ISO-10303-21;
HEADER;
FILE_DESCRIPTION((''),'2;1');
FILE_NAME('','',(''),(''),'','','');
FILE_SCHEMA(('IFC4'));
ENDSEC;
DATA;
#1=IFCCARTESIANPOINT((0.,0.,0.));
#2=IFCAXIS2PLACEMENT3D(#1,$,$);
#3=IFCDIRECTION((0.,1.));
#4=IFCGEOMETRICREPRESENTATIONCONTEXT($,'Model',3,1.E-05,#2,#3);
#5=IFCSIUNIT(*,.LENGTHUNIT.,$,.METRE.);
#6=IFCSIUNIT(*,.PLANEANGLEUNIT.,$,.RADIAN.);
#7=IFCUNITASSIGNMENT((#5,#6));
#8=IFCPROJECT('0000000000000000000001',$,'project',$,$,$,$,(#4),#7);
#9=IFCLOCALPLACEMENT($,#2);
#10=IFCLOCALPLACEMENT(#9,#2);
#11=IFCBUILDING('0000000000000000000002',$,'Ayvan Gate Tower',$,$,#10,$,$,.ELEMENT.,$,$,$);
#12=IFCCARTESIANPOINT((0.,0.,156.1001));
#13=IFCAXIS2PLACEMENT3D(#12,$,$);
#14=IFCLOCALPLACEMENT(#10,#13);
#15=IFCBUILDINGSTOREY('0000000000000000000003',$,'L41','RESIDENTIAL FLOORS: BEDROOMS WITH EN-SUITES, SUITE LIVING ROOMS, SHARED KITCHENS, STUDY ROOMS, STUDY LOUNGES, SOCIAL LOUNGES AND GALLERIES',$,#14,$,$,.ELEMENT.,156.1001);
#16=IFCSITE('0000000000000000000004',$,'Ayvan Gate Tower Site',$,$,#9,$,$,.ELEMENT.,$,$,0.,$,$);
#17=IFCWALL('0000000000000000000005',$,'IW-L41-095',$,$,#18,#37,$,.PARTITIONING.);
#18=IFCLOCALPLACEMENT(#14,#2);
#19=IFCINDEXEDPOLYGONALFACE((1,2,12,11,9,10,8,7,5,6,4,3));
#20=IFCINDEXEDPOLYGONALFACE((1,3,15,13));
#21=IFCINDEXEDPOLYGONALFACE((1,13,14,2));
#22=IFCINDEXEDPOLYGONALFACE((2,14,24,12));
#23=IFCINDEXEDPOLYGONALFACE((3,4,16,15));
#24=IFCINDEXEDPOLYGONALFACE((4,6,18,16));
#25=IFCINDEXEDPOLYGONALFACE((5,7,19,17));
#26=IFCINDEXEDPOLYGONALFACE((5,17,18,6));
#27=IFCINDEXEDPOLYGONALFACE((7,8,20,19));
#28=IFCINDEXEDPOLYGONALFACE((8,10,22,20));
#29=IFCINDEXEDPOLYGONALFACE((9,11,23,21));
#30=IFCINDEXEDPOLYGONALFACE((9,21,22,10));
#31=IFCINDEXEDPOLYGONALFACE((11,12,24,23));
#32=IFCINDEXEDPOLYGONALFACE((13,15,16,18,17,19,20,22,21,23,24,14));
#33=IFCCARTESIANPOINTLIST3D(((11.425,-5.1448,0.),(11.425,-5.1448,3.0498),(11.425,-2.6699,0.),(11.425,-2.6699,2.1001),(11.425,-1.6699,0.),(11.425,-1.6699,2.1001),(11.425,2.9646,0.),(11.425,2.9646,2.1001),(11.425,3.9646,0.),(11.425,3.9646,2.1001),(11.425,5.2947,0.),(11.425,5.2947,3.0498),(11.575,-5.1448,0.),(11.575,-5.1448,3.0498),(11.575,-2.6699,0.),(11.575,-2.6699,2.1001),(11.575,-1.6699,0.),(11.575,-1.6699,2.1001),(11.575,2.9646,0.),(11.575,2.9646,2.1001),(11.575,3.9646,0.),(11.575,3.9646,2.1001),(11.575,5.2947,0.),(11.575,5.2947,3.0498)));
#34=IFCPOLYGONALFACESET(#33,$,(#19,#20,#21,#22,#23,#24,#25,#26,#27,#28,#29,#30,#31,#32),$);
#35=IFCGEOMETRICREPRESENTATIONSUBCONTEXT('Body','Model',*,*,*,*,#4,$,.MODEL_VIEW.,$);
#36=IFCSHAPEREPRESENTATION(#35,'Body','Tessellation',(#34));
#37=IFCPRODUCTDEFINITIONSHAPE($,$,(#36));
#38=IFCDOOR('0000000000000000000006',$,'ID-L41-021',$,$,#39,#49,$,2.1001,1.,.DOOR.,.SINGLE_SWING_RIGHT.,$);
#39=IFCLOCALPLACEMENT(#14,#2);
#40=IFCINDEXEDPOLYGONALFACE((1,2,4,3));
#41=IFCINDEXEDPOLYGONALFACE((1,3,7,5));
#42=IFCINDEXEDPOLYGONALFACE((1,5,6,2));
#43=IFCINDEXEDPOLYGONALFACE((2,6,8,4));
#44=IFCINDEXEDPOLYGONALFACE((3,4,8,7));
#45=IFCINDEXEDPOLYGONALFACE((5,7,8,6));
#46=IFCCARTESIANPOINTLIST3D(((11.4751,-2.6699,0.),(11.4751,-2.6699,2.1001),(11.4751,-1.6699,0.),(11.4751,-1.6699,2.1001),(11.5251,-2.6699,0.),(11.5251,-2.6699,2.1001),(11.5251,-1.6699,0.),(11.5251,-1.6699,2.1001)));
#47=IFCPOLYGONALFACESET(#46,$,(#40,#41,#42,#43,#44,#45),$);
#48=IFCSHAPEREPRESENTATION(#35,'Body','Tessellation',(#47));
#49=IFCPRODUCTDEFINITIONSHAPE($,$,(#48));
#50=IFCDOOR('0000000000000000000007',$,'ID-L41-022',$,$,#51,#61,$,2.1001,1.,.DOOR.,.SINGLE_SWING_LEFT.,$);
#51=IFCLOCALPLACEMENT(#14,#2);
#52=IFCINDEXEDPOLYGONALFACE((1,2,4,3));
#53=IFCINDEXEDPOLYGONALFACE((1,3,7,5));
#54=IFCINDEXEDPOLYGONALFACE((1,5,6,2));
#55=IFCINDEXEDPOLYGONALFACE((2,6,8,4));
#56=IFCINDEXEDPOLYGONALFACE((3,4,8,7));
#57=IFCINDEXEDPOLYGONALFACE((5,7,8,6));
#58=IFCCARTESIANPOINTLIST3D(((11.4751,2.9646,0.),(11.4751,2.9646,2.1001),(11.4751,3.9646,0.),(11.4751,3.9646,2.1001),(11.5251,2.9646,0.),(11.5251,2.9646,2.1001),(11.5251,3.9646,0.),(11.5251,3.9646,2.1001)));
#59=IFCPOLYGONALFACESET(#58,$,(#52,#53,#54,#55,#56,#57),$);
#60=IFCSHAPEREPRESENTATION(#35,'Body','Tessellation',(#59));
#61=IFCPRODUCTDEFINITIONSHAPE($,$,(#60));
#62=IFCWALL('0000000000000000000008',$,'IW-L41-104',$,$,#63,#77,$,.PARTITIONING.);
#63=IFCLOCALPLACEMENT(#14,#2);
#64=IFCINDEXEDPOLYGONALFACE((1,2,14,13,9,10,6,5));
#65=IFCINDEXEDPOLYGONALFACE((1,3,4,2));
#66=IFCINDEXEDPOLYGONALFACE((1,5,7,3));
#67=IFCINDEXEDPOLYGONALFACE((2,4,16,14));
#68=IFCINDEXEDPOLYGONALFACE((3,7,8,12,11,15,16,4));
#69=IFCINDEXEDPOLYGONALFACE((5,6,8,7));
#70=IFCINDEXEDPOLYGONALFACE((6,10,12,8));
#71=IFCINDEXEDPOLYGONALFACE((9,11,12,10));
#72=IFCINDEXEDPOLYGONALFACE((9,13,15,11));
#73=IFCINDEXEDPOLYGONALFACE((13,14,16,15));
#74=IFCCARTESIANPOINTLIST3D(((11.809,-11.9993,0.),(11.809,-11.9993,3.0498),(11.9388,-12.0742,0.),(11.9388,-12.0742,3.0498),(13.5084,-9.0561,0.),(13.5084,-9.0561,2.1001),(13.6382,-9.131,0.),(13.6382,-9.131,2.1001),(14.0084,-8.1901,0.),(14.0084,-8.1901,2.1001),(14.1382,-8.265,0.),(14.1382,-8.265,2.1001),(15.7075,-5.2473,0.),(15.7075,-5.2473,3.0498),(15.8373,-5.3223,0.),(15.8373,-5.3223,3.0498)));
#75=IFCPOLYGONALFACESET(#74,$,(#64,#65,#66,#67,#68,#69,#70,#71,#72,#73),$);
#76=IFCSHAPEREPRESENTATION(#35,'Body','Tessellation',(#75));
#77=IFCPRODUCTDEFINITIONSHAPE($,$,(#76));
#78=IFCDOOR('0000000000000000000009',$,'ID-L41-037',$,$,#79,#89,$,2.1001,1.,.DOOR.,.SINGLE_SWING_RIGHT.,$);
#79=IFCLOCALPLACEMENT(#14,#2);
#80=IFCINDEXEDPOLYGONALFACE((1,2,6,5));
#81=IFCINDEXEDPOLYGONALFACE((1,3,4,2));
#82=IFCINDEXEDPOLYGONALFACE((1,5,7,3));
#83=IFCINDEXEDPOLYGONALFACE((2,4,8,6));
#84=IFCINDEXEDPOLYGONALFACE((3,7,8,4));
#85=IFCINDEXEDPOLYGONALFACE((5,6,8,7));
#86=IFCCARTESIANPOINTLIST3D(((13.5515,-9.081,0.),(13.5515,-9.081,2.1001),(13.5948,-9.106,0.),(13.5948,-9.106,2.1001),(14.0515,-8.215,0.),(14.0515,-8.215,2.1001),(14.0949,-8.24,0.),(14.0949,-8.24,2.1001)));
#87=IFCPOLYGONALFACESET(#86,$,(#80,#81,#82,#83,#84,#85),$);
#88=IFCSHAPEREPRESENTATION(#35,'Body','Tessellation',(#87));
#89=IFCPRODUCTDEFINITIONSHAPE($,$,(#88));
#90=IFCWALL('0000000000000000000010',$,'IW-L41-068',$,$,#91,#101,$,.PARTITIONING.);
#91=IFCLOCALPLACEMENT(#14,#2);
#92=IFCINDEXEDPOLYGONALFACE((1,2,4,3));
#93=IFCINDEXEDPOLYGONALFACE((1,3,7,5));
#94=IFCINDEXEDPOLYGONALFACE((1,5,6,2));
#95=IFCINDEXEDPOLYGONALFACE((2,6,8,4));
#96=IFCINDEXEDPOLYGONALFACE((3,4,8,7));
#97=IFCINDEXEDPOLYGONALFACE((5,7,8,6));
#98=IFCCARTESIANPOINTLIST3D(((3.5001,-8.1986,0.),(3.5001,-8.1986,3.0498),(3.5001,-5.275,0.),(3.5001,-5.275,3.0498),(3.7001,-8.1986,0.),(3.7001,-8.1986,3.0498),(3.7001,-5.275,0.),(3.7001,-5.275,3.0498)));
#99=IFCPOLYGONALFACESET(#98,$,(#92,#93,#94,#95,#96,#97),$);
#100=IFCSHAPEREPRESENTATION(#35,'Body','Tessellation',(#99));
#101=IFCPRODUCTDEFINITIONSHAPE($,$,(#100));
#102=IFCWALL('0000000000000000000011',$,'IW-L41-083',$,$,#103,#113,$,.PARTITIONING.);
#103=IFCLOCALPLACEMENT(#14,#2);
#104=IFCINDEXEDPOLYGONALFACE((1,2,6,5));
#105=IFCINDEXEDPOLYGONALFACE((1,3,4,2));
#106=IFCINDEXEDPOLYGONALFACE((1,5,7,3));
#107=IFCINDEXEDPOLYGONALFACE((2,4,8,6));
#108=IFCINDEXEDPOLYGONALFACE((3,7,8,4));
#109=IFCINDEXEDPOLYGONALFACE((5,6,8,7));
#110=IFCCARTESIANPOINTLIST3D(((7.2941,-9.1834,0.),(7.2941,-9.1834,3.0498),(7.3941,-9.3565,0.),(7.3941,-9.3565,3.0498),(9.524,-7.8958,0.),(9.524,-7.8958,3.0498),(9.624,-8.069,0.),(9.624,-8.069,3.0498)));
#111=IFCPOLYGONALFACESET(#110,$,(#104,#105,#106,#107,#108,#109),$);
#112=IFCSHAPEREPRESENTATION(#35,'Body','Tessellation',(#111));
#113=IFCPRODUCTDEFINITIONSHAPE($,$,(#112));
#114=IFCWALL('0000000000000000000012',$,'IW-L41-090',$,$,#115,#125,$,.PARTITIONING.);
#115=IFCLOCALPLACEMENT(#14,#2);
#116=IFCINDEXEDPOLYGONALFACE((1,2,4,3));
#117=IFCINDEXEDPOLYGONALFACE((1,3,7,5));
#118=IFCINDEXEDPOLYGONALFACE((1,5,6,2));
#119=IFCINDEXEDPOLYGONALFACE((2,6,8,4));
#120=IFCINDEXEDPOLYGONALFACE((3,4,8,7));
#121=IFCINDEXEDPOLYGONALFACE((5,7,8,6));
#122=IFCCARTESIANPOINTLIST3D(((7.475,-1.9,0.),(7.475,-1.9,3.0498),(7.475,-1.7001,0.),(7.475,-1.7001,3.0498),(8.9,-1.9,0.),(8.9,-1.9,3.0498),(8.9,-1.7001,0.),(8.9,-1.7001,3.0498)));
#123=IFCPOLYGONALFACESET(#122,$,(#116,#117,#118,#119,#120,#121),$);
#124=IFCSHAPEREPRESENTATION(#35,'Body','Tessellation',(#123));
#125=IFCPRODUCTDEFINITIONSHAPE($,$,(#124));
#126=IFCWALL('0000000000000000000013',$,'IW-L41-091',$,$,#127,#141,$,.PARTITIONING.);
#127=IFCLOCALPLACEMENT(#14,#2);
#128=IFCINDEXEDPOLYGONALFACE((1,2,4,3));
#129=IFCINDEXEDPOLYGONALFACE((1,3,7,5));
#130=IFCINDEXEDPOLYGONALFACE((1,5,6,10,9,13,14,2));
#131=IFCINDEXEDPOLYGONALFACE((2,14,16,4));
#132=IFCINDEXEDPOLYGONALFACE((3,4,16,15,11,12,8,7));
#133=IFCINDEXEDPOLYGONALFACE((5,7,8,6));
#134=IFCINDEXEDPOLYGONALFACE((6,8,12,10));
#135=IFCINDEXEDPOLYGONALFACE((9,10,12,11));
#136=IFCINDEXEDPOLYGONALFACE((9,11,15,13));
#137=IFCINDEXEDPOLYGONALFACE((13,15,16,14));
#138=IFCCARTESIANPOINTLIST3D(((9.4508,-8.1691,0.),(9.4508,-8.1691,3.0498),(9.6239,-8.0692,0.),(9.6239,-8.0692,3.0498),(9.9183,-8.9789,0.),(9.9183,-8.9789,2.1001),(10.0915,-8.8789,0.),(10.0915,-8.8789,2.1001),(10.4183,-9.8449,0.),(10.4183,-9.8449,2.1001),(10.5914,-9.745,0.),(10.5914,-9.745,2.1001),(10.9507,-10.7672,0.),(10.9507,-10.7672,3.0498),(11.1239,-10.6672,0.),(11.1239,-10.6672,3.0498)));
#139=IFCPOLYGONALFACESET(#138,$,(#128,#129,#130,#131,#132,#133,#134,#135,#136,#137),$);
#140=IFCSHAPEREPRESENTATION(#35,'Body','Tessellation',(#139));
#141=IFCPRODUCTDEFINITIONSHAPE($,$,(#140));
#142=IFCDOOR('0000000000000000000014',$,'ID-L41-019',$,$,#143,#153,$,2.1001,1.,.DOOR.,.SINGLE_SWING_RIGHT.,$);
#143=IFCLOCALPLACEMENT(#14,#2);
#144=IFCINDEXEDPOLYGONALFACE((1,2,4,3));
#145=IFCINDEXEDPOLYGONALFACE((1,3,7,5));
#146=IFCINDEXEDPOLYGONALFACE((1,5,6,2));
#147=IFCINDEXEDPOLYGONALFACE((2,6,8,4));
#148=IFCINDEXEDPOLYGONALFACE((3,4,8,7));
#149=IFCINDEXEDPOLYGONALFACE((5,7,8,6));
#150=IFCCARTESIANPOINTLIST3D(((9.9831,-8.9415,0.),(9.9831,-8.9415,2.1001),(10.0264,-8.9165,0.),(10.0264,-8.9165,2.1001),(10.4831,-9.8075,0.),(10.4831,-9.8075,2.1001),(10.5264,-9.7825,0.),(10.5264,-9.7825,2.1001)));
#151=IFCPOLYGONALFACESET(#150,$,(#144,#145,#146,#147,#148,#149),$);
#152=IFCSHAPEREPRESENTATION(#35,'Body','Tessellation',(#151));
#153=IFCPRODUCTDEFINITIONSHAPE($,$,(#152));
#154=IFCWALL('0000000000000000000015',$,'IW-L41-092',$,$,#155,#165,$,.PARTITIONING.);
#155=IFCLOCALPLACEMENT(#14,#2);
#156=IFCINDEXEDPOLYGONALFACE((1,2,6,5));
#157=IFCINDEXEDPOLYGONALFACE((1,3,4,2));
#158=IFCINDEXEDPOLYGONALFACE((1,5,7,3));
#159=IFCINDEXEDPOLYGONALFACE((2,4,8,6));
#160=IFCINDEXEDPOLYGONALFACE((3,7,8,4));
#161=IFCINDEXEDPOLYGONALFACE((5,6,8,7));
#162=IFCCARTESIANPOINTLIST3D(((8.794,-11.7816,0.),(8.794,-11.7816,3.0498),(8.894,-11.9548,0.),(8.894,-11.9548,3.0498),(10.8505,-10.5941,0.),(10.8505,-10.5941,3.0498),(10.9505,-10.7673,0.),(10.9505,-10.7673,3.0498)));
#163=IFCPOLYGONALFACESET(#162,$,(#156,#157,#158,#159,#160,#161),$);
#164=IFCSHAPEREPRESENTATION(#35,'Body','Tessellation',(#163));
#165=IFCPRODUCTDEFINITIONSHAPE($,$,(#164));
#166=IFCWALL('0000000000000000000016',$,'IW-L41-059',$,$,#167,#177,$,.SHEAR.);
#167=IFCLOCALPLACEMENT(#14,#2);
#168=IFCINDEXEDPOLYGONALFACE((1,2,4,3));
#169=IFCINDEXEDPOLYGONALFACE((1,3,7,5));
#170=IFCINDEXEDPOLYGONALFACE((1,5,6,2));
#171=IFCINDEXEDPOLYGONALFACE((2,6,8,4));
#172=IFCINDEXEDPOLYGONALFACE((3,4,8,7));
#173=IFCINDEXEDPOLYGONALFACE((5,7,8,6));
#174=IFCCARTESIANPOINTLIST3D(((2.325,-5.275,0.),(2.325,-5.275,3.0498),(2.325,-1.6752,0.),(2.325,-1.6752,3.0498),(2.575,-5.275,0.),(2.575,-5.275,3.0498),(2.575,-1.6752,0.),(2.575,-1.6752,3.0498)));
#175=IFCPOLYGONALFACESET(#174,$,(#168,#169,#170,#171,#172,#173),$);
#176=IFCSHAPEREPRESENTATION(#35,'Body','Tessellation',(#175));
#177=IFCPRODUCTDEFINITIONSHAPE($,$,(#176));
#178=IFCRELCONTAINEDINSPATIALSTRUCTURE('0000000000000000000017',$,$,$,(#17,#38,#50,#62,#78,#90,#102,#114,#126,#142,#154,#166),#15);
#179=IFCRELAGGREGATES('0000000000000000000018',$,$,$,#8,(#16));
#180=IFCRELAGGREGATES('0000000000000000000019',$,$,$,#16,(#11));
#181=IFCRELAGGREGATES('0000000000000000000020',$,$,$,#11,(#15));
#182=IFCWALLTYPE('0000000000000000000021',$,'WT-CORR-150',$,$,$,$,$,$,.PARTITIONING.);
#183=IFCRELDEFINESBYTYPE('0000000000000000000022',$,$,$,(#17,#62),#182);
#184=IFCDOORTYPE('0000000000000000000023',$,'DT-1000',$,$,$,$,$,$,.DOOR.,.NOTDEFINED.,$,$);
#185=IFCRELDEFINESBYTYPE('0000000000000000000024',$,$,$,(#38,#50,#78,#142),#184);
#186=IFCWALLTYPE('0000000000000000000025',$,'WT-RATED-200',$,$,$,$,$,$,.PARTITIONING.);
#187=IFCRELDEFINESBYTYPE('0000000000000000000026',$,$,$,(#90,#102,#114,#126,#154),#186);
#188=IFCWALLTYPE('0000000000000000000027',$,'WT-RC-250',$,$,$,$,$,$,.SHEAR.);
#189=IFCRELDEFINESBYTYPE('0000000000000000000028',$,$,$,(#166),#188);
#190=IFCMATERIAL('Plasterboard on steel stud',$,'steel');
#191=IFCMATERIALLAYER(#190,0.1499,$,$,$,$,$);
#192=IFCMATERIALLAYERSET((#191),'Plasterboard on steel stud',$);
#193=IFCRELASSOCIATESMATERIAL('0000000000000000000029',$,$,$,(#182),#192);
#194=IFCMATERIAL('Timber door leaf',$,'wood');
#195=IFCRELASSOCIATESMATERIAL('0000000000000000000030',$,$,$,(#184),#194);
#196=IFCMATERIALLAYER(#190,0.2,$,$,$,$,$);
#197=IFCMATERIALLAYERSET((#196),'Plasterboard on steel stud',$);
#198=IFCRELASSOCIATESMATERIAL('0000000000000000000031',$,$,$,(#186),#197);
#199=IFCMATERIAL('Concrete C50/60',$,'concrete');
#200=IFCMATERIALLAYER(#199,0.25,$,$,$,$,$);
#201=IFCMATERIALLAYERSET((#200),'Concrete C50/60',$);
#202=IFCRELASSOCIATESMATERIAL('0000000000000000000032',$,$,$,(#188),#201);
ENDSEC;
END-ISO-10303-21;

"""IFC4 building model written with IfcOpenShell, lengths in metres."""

from ifc_helpers import new_model, si_unit, direction, frame, frame_2d, origin, place, context, subcontext, project, spatial, rectangle, extrude, material, layer, layer_set, type_object, element, fill, save


model = new_model("IFC4")

# Units and contexts
model_context = context("Model", 3, precision=1e-05, world=origin(), true_north=direction((0.0, 1.0)))
body_context = subcontext(model_context, "Body", "Model", "MODEL_VIEW")
ifc_project = project(units=[si_unit("LENGTHUNIT", "METRE"), si_unit("PLANEANGLEUNIT", "RADIAN")], contexts=[model_context])

# Site, building, storey
site_placement = place(None, origin())
site = spatial("IfcSite", under=ifc_project, at=site_placement, Name="Ayvan Gate Tower Site", CompositionType="ELEMENT", RefElevation=0.0)
building_placement = place(site_placement, origin())
building = spatial("IfcBuilding", under=site, at=building_placement, Name="Ayvan Gate Tower", CompositionType="ELEMENT")
storey_placement = place(building_placement, frame((0.0, 0.0, 156.1001)))
storey = spatial("IfcBuildingStorey", under=building, at=storey_placement, Name="L41", Description="RESIDENTIAL FLOORS: BEDROOMS WITH EN-SUITES, SUITE LIVING ROOMS, SHARED KITCHENS, STUDY ROOMS, STUDY LOUNGES, SOCIAL LOUNGES AND GALLERIES", CompositionType="ELEMENT", Elevation=156.1001)

# Shared definitions
ifc_material_1 = material(Name="Timber door leaf", Category="wood")

# Shared definitions
ifc_material_2 = material(Name="Plasterboard on steel stud", Category="steel")
ifc_layer_1 = layer(ifc_material_2, 0.1499)
ifc_layer_set_1 = layer_set([ifc_layer_1], Name="Plasterboard on steel stud")
wall_type_1 = type_object("IfcWallType", Name="WT-CORR-150", PredefinedType="PARTITIONING", material=ifc_layer_set_1)

# Wall, openings, doors
wall_1_placement = place(storey_placement, frame((11.5, -5.1448, 0.0), z_axis=(0.0, 0.0, 1.0), x_axis=(0.0, 1.0, 0.0)))
wall_1 = element("IfcWall", 1, at=wall_1_placement, inside=storey, type_object=wall_type_1, Name="IW-L41-095", PredefinedType="PARTITIONING", context=body_context, shape_type="SweptSolid", body=[
    extrude(rectangle(XDim=10.4395, YDim=0.1499, at=frame_2d((5.2197, 0.0))), origin(), (0.0, 0.0, 1.0), 3.0498),
])
opening_1_placement = place(wall_1_placement, frame((2.4749, 0.0, 0.0)))
opening_1 = element("IfcOpeningElement", 2, at=opening_1_placement, cuts=wall_1, PredefinedType="OPENING", context=body_context, shape_type="SweptSolid", body=[
    extrude(rectangle(XDim=1.0, YDim=2.1001, at=frame_2d((0.5, 1.05))), frame((0.0, 0.085, 0.0), z_axis=(0.0, -1.0, 0.0), x_axis=(1.0, 0.0, 0.0)), (0.0, 0.0, 1.0), 0.1699),
])
opening_2_placement = place(wall_1_placement, frame((8.1094, 0.0, 0.0)))
opening_2 = element("IfcOpeningElement", 3, at=opening_2_placement, cuts=wall_1, PredefinedType="OPENING", context=body_context, shape_type="SweptSolid", body=[
    extrude(rectangle(XDim=1.0, YDim=2.1001, at=frame_2d((0.5, 1.05))), frame((0.0, 0.085, 0.0), z_axis=(0.0, -1.0, 0.0), x_axis=(1.0, 0.0, 0.0)), (0.0, 0.0, 1.0), 0.1699),
])
door_type_1 = type_object("IfcDoorType", Name="DT-1000", OperationType="NOTDEFINED", PredefinedType="DOOR", material=ifc_material_1)
door_1_placement = place(opening_1_placement, origin())
door_1 = element("IfcDoor", 4, at=door_1_placement, inside=storey, type_object=door_type_1, Name="ID-L41-021", OperationType="SINGLE_SWING_RIGHT", OverallHeight=2.1001, OverallWidth=1.0, PredefinedType="DOOR", context=body_context, shape_type="SweptSolid", body=[
    extrude(rectangle(XDim=1.0, YDim=2.1001, at=frame_2d((0.5, 1.05))), frame((0.0, 0.0249, 0.0), z_axis=(0.0, -1.0, 0.0), x_axis=(1.0, 0.0, 0.0)), (0.0, 0.0, 1.0), 0.05),
])
fill(opening_1, door_1)
door_2_placement = place(opening_2_placement, origin())
door_2 = element("IfcDoor", 5, at=door_2_placement, inside=storey, type_object=door_type_1, Name="ID-L41-022", OperationType="SINGLE_SWING_LEFT", OverallHeight=2.1001, OverallWidth=1.0, PredefinedType="DOOR", context=body_context, shape_type="SweptSolid", body=[
    extrude(rectangle(XDim=1.0, YDim=2.1001, at=frame_2d((0.5, 1.05))), frame((0.0, 0.0249, 0.0), z_axis=(0.0, -1.0, 0.0), x_axis=(1.0, 0.0, 0.0)), (0.0, 0.0, 1.0), 0.05),
])
fill(opening_2, door_2)

# Wall, opening, door
wall_2_placement = place(storey_placement, frame((15.7725, -5.2847, 0.0), z_axis=(0.0, 0.0, 1.0), x_axis=(-0.500019, -0.866015, 0.0)))
wall_2 = element("IfcWall", 6, at=wall_2_placement, inside=storey, type_object=wall_type_1, Name="IW-L41-104", PredefinedType="PARTITIONING", context=body_context, shape_type="SweptSolid", body=[
    extrude(rectangle(XDim=7.7966, YDim=0.1499, at=frame_2d((3.8984, 0.0))), origin(), (0.0, 0.0, 1.0), 3.0498),
])
opening_3_placement = place(wall_2_placement, frame((3.3982, 0.0, 0.0)))
opening_3 = element("IfcOpeningElement", 7, at=opening_3_placement, cuts=wall_2, PredefinedType="OPENING", context=body_context, shape_type="SweptSolid", body=[
    extrude(rectangle(XDim=1.0, YDim=2.1001, at=frame_2d((0.5, 1.05))), frame((0.0, 0.085, 0.0), z_axis=(0.0, -1.0, 0.0), x_axis=(1.0, 0.0, 0.0)), (0.0, 0.0, 1.0), 0.1699),
])
door_3_placement = place(opening_3_placement, origin())
door_3 = element("IfcDoor", 8, at=door_3_placement, inside=storey, type_object=door_type_1, Name="ID-L41-037", OperationType="SINGLE_SWING_RIGHT", OverallHeight=2.1001, OverallWidth=1.0, PredefinedType="DOOR", context=body_context, shape_type="SweptSolid", body=[
    extrude(rectangle(XDim=1.0, YDim=2.1001, at=frame_2d((0.5, 1.05))), frame((0.0, 0.0249, 0.0), z_axis=(0.0, -1.0, 0.0), x_axis=(1.0, 0.0, 0.0)), (0.0, 0.0, 1.0), 0.05),
])
fill(opening_3, door_3)

# Walls
ifc_layer_2 = layer(ifc_material_2, 0.2)
ifc_layer_set_2 = layer_set([ifc_layer_2], Name="Plasterboard on steel stud")
wall_type_2 = type_object("IfcWallType", Name="WT-RATED-200", PredefinedType="PARTITIONING", material=ifc_layer_set_2)
wall_3_placement = place(storey_placement, frame((3.6001, -5.2749, 0.0), z_axis=(0.0, 0.0, 1.0), x_axis=(0.0, -1.0, 0.0)))
element("IfcWall", 9, at=wall_3_placement, inside=storey, type_object=wall_type_2, Name="IW-L41-068", PredefinedType="PARTITIONING", context=body_context, shape_type="SweptSolid", body=[
    extrude(rectangle(XDim=2.9236, YDim=0.2, at=frame_2d((1.4619, 0.0))), origin(), (0.0, 0.0, 1.0), 3.0498),
])
wall_4_placement = place(storey_placement, frame((7.344, -9.27, 0.0), z_axis=(0.0, 0.0, 1.0), x_axis=(0.866006, 0.500034, 0.0)))
element("IfcWall", 10, at=wall_4_placement, inside=storey, type_object=wall_type_2, Name="IW-L41-083", PredefinedType="PARTITIONING", context=body_context, shape_type="SweptSolid", body=[
    extrude(rectangle(XDim=2.575, YDim=0.2, at=frame_2d((1.2876, 0.0))), origin(), (0.0, 0.0, 1.0), 3.0498),
])
wall_5_placement = place(storey_placement, frame((8.8999, -1.8, 0.0), z_axis=(0.0, 0.0, 1.0), x_axis=(-1.0, 0.0, 0.0)))
element("IfcWall", 11, at=wall_5_placement, inside=storey, type_object=wall_type_2, Name="IW-L41-090", PredefinedType="PARTITIONING", context=body_context, shape_type="SweptSolid", body=[
    extrude(rectangle(XDim=1.425, YDim=0.2, at=frame_2d((0.7124, 0.0))), origin(), (0.0, 0.0, 1.0), 3.0498),
])

# Wall, opening, door
wall_6_placement = place(storey_placement, frame((9.5374, -8.1191, 0.0), z_axis=(0.0, 0.0, 1.0), x_axis=(0.49999, -0.866031, 0.0)))
wall_6 = element("IfcWall", 12, at=wall_6_placement, inside=storey, type_object=wall_type_2, Name="IW-L41-091", PredefinedType="PARTITIONING", context=body_context, shape_type="SweptSolid", body=[
    extrude(rectangle(XDim=3.0, YDim=0.2, at=frame_2d((1.5, 0.0))), origin(), (0.0, 0.0, 1.0), 3.0498),
])
opening_4_placement = place(wall_6_placement, frame((0.9351, 0.0, 0.0)))
opening_4 = element("IfcOpeningElement", 13, at=opening_4_placement, cuts=wall_6, PredefinedType="OPENING", context=body_context, shape_type="SweptSolid", body=[
    extrude(rectangle(XDim=1.0, YDim=2.1001, at=frame_2d((0.5, 1.05))), frame((0.0, 0.1099, 0.0), z_axis=(0.0, -1.0, 0.0), x_axis=(1.0, 0.0, 0.0)), (0.0, 0.0, 1.0), 0.22),
])
door_4_placement = place(opening_4_placement, origin())
door_4 = element("IfcDoor", 14, at=door_4_placement, inside=storey, type_object=door_type_1, Name="ID-L41-019", OperationType="SINGLE_SWING_RIGHT", OverallHeight=2.1001, OverallWidth=1.0, PredefinedType="DOOR", context=body_context, shape_type="SweptSolid", body=[
    extrude(rectangle(XDim=1.0, YDim=2.1001, at=frame_2d((0.5, 1.05))), frame((0.0, 0.0249, 0.0), z_axis=(0.0, -1.0, 0.0), x_axis=(1.0, 0.0, 0.0)), (0.0, 0.0, 1.0), 0.05),
])
fill(opening_4, door_4)

# Walls
wall_7_placement = place(storey_placement, frame((10.9006, -10.6807, 0.0), z_axis=(0.0, 0.0, 1.0), x_axis=(-0.866008, -0.500031, 0.0)))
element("IfcWall", 15, at=wall_7_placement, inside=storey, type_object=wall_type_2, Name="IW-L41-092", PredefinedType="PARTITIONING", context=body_context, shape_type="SweptSolid", body=[
    extrude(rectangle(XDim=2.3748, YDim=0.2, at=frame_2d((1.1875, 0.0))), origin(), (0.0, 0.0, 1.0), 3.0498),
])
ifc_material_3 = material(Name="Concrete C50/60", Category="concrete")
ifc_layer_3 = layer(ifc_material_3, 0.25)
ifc_layer_set_3 = layer_set([ifc_layer_3], Name="Concrete C50/60")
wall_type_3 = type_object("IfcWallType", Name="WT-RC-250", PredefinedType="SHEAR", material=ifc_layer_set_3)
wall_8_placement = place(storey_placement, frame((2.45, -5.2749, 0.0), z_axis=(0.0, 0.0, 1.0), x_axis=(0.0, 1.0, 0.0)))
element("IfcWall", 16, at=wall_8_placement, inside=storey, type_object=wall_type_3, Name="IW-L41-059", PredefinedType="SHEAR", context=body_context, shape_type="SweptSolid", body=[
    extrude(rectangle(XDim=3.5999, YDim=0.25, at=frame_2d((1.7998, 0.0))), origin(), (0.0, 0.0, 1.0), 3.0498),
])

save(model, "model.ifc")
